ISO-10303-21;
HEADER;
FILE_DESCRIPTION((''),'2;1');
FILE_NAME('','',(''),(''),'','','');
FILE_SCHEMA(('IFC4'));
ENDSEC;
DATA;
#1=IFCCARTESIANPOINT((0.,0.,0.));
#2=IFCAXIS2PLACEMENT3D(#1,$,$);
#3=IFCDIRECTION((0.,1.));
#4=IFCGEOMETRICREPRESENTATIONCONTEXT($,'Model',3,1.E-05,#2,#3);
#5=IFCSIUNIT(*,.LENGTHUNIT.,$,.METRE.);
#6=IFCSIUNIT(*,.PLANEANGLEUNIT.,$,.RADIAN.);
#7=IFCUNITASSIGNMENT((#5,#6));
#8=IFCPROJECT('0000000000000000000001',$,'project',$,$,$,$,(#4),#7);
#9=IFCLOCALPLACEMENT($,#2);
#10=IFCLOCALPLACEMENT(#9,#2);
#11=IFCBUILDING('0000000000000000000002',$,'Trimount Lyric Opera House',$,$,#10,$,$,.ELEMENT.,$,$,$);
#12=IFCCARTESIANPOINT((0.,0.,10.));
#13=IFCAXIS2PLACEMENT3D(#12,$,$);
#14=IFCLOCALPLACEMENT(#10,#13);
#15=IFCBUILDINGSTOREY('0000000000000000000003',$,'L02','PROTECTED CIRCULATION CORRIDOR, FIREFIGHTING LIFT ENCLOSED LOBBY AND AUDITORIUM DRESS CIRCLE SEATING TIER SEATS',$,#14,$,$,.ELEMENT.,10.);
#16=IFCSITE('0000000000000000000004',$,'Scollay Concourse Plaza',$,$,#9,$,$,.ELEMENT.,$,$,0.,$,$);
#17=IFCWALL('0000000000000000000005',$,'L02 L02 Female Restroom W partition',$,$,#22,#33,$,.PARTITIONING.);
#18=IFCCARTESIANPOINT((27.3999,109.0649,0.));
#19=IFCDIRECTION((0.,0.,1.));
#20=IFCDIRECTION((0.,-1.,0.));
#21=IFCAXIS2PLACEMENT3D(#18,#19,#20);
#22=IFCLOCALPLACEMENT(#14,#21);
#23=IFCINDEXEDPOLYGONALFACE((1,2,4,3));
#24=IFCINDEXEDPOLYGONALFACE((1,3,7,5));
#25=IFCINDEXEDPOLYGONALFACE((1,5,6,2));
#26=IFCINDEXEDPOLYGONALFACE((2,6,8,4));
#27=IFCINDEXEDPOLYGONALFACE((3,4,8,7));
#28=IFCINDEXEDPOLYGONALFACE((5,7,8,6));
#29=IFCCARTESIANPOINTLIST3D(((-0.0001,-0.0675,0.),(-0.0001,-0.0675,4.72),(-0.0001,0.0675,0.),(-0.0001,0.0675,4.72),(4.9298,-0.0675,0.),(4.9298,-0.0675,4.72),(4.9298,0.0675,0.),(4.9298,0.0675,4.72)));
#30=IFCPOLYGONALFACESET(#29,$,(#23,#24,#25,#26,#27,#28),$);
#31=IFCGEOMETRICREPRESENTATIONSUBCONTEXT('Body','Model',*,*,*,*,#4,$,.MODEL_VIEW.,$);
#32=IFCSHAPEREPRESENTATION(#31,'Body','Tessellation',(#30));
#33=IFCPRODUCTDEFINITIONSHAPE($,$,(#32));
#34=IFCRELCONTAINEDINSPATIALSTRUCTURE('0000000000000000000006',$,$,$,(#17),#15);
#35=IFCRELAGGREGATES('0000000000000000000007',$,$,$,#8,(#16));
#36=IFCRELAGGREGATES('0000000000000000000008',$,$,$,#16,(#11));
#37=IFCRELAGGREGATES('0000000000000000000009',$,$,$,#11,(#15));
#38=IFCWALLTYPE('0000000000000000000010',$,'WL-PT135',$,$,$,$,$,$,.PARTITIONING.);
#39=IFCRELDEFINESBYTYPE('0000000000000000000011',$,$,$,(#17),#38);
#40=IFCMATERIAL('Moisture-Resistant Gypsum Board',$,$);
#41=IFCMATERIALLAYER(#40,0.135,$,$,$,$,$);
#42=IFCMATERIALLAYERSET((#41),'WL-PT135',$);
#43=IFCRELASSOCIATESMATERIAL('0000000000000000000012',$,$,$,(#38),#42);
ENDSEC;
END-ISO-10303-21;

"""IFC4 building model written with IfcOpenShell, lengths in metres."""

from ifc_helpers import new_model, si_unit, direction, frame, frame_2d, origin, place, context, subcontext, project, spatial, rectangle, extrude, material, layer, layer_set, type_object, element, save


model = new_model("IFC4")

# Units and contexts
model_context = context("Model", 3, precision=1e-05, world=origin(), true_north=direction((0.0, 1.0)))
body_context = subcontext(model_context, "Body", "Model", "MODEL_VIEW")
ifc_project = project(units=[si_unit("LENGTHUNIT", "METRE"), si_unit("PLANEANGLEUNIT", "RADIAN")], contexts=[model_context])

# Site, building, storey
site_placement = place(None, origin())
site = spatial("IfcSite", under=ifc_project, at=site_placement, Name="Scollay Concourse Plaza", CompositionType="ELEMENT", RefElevation=0.0)
building_placement = place(site_placement, origin())
building = spatial("IfcBuilding", under=site, at=building_placement, Name="Trimount Lyric Opera House", CompositionType="ELEMENT")
storey_placement = place(building_placement, frame((0.0, 0.0, 10.0)))
storey = spatial("IfcBuildingStorey", under=building, at=storey_placement, Name="L02", Description="PROTECTED CIRCULATION CORRIDOR, FIREFIGHTING LIFT ENCLOSED LOBBY AND AUDITORIUM DRESS CIRCLE SEATING TIER SEATS", CompositionType="ELEMENT", Elevation=10.0)

# Shared definitions
ifc_material_1 = material(Name="Moisture-Resistant Gypsum Board")
ifc_layer_1 = layer(ifc_material_1, 0.135)
ifc_layer_set_1 = layer_set([ifc_layer_1], Name="WL-PT135")
wall_type_1 = type_object("IfcWallType", Name="WL-PT135", PredefinedType="PARTITIONING", material=ifc_layer_set_1)

# Wall
wall_1_placement = place(storey_placement, frame((27.3999, 109.0649, 0.0), z_axis=(0.0, 0.0, 1.0), x_axis=(0.0, -1.0, 0.0)))
element("IfcWall", 1, at=wall_1_placement, inside=storey, type_object=wall_type_1, Name="L02 L02 Female Restroom W partition", PredefinedType="PARTITIONING", context=body_context, shape_type="SweptSolid", body=[
    extrude(rectangle(XDim=4.9299, YDim=0.135, at=frame_2d((2.4648, 0.0))), origin(), (0.0, 0.0, 1.0), 4.72),
])

save(model, "model.ifc")
